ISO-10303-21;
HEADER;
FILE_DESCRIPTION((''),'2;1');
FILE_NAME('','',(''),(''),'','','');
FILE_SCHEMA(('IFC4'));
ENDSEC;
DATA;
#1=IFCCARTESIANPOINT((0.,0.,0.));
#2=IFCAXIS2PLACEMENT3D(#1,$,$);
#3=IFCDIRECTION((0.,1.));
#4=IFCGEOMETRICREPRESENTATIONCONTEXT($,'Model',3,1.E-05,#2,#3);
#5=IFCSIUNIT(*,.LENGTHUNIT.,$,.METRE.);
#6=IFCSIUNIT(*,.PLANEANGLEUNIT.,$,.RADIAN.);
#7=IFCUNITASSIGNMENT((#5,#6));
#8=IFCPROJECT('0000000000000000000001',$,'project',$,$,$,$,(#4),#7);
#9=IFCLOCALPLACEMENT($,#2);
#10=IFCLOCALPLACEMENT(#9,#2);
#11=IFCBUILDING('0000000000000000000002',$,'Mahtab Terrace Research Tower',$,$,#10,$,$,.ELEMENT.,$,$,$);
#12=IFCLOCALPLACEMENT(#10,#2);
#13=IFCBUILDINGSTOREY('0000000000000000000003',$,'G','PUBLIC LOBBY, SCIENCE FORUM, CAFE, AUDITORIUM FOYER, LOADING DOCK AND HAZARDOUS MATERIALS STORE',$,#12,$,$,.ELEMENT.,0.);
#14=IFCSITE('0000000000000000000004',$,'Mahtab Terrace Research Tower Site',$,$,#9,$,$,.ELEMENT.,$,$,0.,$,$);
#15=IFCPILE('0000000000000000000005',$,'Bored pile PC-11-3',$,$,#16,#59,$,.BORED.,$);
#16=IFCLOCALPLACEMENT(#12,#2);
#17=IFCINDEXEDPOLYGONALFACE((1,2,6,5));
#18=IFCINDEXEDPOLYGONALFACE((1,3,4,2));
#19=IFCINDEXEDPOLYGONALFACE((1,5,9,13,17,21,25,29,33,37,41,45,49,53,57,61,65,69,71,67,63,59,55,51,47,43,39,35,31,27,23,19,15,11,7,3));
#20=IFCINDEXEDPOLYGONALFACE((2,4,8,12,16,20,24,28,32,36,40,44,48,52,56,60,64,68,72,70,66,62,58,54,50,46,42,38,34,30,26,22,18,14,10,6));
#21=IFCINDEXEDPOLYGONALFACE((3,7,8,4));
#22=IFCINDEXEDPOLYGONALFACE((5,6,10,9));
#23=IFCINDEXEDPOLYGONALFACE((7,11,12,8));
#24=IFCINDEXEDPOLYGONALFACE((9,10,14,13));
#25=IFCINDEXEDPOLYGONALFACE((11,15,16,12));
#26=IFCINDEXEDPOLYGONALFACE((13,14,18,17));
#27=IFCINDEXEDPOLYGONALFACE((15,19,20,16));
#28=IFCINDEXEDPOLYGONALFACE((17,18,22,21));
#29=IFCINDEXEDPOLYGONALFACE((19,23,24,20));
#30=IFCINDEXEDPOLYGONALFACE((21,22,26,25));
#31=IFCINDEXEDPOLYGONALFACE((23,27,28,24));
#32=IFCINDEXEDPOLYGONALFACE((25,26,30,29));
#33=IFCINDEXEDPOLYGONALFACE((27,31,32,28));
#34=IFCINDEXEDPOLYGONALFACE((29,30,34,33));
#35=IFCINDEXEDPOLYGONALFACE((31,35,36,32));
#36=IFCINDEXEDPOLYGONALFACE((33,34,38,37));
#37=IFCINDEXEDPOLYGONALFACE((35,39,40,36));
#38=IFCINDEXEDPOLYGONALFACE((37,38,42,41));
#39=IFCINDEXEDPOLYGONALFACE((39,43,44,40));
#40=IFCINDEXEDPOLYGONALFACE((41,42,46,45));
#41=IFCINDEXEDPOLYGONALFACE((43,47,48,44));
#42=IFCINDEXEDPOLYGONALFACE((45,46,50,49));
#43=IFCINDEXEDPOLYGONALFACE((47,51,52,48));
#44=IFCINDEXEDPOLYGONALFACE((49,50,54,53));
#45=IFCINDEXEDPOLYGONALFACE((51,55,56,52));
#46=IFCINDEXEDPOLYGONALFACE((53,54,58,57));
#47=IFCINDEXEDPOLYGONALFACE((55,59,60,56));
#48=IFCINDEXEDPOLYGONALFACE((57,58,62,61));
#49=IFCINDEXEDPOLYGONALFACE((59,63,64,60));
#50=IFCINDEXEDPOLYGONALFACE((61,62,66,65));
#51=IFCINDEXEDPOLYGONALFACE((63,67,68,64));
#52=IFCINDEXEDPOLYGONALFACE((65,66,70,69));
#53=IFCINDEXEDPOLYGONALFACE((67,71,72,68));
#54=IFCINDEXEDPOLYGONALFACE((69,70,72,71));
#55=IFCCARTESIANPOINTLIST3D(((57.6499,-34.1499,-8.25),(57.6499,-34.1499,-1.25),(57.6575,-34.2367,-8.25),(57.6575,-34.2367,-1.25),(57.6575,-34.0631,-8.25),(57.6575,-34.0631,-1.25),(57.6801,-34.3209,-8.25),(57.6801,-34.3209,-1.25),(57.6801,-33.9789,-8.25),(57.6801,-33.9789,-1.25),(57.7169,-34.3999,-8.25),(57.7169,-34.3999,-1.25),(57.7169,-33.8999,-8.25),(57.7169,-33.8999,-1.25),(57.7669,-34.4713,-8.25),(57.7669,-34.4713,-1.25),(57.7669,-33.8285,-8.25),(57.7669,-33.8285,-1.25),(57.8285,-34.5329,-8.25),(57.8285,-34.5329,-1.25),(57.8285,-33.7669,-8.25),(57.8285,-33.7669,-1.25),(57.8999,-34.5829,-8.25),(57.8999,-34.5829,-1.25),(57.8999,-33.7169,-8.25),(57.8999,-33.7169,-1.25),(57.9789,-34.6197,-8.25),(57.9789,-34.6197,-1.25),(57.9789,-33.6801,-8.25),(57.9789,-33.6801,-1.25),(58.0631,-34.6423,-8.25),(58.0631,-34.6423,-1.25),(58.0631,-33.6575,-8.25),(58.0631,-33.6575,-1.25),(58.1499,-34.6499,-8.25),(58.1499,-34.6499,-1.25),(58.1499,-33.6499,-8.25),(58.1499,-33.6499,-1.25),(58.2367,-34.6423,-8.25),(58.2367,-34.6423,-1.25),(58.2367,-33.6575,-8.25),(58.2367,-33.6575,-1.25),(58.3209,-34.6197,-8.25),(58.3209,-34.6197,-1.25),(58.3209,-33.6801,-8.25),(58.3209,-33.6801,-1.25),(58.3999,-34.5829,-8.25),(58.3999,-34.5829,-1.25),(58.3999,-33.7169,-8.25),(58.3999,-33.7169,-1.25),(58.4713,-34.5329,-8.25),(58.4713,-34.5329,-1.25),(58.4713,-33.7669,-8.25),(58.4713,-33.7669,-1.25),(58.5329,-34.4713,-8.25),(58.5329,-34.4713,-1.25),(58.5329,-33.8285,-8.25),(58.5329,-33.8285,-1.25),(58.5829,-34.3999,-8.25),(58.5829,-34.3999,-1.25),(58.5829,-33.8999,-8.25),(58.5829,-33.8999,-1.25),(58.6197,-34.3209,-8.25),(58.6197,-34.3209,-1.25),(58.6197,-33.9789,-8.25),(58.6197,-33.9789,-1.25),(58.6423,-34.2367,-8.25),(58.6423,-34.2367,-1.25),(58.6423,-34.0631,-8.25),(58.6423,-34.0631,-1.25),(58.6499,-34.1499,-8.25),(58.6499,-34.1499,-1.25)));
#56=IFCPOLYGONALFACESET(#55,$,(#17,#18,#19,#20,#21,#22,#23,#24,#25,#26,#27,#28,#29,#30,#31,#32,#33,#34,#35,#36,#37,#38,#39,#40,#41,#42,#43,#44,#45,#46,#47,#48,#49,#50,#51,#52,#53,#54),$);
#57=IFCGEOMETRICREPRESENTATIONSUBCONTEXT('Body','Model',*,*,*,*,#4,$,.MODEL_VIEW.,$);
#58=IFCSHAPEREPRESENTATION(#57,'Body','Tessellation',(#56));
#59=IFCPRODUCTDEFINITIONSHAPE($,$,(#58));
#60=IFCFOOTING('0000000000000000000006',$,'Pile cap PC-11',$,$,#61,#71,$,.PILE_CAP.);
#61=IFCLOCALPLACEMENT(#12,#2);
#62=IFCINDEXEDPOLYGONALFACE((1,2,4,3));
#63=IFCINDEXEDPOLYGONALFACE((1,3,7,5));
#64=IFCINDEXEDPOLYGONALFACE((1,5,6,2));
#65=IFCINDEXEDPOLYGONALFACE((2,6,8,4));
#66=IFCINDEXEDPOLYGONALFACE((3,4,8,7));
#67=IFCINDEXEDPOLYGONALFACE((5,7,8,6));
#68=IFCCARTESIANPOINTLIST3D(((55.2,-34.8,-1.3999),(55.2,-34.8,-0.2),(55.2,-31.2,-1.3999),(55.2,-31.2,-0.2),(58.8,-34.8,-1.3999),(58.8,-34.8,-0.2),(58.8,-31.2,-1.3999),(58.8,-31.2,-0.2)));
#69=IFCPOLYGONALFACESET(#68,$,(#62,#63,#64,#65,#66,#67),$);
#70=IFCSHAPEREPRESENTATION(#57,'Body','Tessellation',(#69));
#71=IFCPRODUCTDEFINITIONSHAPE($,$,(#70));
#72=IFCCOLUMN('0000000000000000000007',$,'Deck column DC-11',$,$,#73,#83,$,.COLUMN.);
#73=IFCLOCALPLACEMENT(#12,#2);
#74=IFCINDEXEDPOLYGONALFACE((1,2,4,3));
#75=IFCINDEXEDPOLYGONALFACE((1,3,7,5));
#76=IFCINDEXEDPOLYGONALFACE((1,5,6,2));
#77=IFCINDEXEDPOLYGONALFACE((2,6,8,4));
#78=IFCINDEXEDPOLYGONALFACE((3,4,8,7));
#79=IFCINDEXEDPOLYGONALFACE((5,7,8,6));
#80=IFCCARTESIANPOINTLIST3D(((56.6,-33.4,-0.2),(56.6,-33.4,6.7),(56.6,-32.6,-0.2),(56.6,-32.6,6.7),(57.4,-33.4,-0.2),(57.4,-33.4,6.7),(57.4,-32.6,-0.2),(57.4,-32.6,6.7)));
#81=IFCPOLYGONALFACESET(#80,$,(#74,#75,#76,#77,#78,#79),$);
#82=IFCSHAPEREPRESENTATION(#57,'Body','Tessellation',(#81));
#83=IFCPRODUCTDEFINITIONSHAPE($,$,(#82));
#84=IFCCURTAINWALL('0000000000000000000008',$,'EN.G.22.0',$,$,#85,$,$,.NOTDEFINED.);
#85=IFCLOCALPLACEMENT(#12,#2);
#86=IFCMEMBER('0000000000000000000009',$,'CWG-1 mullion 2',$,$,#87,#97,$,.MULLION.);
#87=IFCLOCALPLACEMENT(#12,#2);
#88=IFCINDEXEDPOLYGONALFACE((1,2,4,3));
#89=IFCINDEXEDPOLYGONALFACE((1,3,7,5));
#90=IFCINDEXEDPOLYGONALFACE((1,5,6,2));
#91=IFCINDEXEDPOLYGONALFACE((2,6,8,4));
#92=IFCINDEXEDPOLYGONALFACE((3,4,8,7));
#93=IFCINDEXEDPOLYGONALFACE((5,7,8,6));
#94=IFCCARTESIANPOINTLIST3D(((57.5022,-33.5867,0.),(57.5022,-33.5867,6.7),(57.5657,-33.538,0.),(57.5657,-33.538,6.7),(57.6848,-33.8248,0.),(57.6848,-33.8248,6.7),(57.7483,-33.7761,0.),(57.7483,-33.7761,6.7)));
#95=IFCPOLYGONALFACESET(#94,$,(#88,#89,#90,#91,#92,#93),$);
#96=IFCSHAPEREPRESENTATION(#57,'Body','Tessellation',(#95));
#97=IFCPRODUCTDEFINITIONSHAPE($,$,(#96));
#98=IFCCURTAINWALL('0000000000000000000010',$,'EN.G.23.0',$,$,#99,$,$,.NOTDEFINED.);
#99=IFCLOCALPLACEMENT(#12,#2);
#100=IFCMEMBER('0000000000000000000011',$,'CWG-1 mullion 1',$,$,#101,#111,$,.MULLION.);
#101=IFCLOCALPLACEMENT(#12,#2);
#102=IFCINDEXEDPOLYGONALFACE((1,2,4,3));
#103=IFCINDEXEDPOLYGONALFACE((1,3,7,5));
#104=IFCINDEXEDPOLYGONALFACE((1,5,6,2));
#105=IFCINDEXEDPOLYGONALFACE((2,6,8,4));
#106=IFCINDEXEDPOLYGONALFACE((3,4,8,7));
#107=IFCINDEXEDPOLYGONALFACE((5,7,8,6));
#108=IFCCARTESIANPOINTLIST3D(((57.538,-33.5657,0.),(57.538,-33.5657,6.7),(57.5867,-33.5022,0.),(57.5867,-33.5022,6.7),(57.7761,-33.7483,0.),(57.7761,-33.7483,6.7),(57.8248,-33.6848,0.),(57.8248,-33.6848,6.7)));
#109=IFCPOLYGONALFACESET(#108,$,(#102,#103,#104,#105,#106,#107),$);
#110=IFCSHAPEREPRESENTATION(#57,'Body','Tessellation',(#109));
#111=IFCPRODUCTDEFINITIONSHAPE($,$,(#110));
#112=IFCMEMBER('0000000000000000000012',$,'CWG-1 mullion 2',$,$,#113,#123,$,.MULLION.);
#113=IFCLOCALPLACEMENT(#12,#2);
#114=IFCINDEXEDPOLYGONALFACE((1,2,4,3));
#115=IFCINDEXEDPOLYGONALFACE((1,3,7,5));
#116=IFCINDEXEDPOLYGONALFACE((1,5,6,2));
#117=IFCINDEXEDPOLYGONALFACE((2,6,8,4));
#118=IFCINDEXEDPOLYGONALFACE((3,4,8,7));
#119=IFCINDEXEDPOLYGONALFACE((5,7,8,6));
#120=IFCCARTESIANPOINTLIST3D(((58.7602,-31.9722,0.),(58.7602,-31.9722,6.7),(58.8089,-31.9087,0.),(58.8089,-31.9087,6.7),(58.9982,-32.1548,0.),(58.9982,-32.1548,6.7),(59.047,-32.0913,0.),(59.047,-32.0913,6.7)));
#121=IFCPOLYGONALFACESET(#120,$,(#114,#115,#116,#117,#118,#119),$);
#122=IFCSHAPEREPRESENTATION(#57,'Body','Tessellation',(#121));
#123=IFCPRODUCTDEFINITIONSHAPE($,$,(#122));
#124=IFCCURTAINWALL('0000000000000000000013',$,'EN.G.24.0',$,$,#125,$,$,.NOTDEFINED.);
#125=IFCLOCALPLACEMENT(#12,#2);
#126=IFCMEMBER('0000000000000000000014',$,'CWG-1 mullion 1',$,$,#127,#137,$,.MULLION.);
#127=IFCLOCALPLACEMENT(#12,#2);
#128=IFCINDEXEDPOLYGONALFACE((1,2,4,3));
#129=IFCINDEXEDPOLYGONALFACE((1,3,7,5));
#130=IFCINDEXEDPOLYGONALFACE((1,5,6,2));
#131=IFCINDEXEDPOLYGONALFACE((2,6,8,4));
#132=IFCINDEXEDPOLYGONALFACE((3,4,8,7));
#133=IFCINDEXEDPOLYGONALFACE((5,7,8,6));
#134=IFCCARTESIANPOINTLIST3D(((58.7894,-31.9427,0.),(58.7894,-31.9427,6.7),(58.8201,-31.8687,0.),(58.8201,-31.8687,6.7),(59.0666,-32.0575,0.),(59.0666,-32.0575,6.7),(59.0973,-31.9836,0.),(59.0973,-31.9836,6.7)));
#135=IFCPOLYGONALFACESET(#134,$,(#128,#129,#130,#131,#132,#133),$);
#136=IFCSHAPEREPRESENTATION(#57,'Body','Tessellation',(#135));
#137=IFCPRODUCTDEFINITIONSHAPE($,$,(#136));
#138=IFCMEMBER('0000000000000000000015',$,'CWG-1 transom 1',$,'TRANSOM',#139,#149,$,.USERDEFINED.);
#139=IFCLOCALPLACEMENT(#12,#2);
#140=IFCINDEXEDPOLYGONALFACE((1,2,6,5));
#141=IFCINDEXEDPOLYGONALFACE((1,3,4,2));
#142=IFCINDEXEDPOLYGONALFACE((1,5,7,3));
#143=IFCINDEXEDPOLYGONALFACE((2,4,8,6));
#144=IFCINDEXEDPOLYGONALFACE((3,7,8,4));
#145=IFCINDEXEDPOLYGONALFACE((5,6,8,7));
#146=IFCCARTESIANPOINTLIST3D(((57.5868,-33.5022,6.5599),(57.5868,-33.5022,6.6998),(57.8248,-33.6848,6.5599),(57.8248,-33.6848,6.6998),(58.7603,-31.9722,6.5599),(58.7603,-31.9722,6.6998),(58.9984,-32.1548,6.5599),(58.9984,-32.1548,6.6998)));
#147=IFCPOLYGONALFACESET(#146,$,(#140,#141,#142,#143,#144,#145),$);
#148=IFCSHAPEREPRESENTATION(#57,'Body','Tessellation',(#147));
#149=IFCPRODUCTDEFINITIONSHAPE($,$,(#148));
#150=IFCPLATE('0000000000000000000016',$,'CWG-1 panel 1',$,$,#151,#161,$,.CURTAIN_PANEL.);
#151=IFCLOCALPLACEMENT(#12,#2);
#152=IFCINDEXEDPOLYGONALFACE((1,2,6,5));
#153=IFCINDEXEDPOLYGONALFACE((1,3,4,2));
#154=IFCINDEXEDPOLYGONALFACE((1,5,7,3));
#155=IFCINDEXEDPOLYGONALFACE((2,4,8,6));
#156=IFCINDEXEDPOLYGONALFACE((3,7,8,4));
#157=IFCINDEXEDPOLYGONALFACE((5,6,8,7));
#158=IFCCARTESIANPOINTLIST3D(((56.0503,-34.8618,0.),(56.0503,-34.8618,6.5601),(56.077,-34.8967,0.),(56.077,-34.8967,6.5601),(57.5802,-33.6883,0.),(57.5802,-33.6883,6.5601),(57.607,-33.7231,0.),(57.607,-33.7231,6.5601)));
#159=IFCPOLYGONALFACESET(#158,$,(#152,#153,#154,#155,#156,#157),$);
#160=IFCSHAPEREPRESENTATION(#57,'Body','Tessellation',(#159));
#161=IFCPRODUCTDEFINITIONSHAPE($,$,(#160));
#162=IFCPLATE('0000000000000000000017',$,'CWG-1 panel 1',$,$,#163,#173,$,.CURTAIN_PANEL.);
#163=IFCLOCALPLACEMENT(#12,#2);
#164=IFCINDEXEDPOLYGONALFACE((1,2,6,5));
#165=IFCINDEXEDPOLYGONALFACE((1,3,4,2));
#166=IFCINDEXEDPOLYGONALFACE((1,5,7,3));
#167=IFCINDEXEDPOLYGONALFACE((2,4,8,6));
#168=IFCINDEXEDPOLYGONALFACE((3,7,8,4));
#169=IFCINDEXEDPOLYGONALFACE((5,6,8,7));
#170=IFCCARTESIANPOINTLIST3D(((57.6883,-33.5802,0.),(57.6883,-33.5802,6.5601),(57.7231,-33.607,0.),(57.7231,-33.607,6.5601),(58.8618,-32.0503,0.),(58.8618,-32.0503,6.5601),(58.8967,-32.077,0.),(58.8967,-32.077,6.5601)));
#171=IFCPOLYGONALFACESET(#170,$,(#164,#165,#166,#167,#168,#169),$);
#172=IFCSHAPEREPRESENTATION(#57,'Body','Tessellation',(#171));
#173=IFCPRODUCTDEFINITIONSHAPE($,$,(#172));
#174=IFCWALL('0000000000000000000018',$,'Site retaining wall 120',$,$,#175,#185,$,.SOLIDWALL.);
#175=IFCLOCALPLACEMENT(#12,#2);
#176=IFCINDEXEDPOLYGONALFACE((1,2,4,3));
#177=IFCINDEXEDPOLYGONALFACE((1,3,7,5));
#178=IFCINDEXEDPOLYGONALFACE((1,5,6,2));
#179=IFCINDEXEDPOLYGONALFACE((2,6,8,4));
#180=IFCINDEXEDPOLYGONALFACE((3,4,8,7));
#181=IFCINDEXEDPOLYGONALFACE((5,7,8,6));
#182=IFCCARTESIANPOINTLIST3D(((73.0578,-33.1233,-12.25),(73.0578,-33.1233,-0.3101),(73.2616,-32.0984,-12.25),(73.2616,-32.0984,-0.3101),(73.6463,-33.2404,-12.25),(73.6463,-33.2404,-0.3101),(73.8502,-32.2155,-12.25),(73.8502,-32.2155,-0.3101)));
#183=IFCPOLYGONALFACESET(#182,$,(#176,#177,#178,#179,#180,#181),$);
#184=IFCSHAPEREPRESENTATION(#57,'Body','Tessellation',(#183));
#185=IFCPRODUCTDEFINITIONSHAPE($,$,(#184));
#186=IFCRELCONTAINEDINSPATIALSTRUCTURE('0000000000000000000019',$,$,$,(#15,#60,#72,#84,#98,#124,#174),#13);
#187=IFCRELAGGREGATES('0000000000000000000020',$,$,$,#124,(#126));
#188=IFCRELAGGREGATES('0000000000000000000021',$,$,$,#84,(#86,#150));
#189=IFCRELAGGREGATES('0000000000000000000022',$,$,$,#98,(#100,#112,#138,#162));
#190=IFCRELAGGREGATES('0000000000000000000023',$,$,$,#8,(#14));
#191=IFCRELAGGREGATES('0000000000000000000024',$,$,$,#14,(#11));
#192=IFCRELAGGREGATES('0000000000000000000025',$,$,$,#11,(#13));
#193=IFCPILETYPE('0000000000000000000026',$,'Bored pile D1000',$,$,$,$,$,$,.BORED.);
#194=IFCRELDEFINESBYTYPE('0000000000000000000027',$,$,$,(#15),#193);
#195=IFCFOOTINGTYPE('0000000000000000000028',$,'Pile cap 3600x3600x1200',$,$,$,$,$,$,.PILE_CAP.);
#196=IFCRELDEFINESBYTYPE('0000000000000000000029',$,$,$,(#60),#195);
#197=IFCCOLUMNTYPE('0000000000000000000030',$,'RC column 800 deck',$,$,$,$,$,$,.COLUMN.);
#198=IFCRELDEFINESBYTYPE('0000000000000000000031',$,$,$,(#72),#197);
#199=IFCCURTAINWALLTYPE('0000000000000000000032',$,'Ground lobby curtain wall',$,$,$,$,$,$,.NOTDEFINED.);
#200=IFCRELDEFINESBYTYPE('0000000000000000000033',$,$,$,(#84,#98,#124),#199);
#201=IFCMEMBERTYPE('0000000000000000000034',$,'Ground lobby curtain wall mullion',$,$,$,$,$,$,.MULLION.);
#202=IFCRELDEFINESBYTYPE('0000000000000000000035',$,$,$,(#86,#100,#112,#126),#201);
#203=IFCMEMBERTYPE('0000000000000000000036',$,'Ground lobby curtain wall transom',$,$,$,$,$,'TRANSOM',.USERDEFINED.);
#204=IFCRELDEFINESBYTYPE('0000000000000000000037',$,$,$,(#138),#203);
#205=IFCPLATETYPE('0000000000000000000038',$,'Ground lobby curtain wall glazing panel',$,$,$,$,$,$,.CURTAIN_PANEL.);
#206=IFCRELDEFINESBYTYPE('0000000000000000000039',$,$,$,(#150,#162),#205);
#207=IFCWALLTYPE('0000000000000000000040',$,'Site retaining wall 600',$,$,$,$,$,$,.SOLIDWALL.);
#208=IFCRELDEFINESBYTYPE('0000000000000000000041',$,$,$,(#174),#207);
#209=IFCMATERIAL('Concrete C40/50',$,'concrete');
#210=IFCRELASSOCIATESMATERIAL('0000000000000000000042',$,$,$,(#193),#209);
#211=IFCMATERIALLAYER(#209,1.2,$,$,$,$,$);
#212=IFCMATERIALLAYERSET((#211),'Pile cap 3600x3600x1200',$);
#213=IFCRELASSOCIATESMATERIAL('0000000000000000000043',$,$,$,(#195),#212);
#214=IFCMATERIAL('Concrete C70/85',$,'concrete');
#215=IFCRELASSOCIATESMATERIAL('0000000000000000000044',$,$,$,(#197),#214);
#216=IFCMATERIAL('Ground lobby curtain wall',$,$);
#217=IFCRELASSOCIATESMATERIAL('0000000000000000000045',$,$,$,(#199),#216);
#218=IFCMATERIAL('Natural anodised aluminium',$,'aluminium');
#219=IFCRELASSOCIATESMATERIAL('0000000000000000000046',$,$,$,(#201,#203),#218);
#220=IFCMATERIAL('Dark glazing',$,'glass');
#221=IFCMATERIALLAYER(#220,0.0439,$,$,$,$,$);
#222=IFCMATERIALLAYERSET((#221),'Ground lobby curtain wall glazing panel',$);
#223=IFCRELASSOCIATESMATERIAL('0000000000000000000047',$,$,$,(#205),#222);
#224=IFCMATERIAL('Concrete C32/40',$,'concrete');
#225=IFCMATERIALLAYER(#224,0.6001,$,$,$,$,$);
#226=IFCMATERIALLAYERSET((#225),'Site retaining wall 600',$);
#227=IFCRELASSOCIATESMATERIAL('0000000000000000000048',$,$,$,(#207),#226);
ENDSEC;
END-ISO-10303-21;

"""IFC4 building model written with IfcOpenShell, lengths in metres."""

from ifc_helpers import new_model, si_unit, direction, frame, frame_2d, origin, origin_2d, place, context, subcontext, project, spatial, rectangle, circle, extrude, material, layer, layer_set, material_profile, profile_set, type_object, element, aggregate, save


model = new_model("IFC4")

# Units and contexts
model_context = context("Model", 3, precision=1e-05, world=origin(), true_north=direction((0.0, 1.0)))
body_context = subcontext(model_context, "Body", "Model", "MODEL_VIEW")
ifc_project = project(units=[si_unit("LENGTHUNIT", "METRE"), si_unit("PLANEANGLEUNIT", "RADIAN")], contexts=[model_context])

# Site, building, storey
site_placement = place(None, origin())
site = spatial("IfcSite", under=ifc_project, at=site_placement, Name="Mahtab Terrace Research Tower Site", CompositionType="ELEMENT", RefElevation=0.0)
building_placement = place(site_placement, origin())
building = spatial("IfcBuilding", under=site, at=building_placement, Name="Mahtab Terrace Research Tower", CompositionType="ELEMENT")
storey_placement = place(building_placement, origin())
storey = spatial("IfcBuildingStorey", under=building, at=storey_placement, Name="G", Description="PUBLIC LOBBY, SCIENCE FORUM, CAFE, AUDITORIUM FOYER, LOADING DOCK AND HAZARDOUS MATERIALS STORE", CompositionType="ELEMENT", Elevation=0.0)

# Pile
ifc_material_1 = material(Name="Concrete C40/50", Category="concrete")
ifc_material_profile_1 = material_profile(ifc_material_1, circle(Radius=0.5, at=origin_2d()), Name="Bored pile D1000")
ifc_profile_set_1 = profile_set([ifc_material_profile_1], Name="Concrete C40/50")
pile_type = type_object("IfcPileType", Name="Bored pile D1000", PredefinedType="BORED", material=ifc_profile_set_1)
pile_placement = place(storey_placement, frame((58.1499, -34.1499, -1.25), z_axis=(0.0, 0.0, -1.0), x_axis=(1.0, 0.0, 0.0)))
element("IfcPile", 1, at=pile_placement, inside=storey, type_object=pile_type, Name="Bored pile PC-11-3", PredefinedType="BORED", context=body_context, shape_type="SweptSolid", body=[
    extrude(circle(Radius=0.5, at=origin_2d()), origin(), (0.0, 0.0, 1.0), 7.0),
])

# Footing
ifc_layer_1 = layer(ifc_material_1, 1.2)
ifc_layer_set_1 = layer_set([ifc_layer_1], Name="Pile cap 3600x3600x1200")
footing_type = type_object("IfcFootingType", Name="Pile cap 3600x3600x1200", PredefinedType="PILE_CAP", material=ifc_layer_set_1)
footing_placement = place(storey_placement, frame((57.0, -33.0, -1.3999), z_axis=(0.0, 0.0, 1.0), x_axis=(1.0, 0.0, 0.0)))
element("IfcFooting", 2, at=footing_placement, inside=storey, type_object=footing_type, Name="Pile cap PC-11", PredefinedType="PILE_CAP", context=body_context, shape_type="SweptSolid", body=[
    extrude(rectangle(XDim=3.6001, YDim=3.6001, at=origin_2d()), origin(), (0.0, 0.0, 1.0), 1.2),
])

# Column
ifc_material_2 = material(Name="Concrete C70/85", Category="concrete")
ifc_material_profile_2 = material_profile(ifc_material_2, rectangle(XDim=0.8, YDim=0.8, at=origin_2d()), Name="RC column 800 deck")
ifc_profile_set_2 = profile_set([ifc_material_profile_2], Name="Concrete C70/85")
column_type = type_object("IfcColumnType", Name="RC column 800 deck", PredefinedType="COLUMN", material=ifc_profile_set_2)
column_placement = place(storey_placement, frame((57.0, -33.0, -0.2), z_axis=(0.0, 0.0, 1.0), x_axis=(1.0, 0.0, 0.0)))
element("IfcColumn", 3, at=column_placement, inside=storey, type_object=column_type, Name="Deck column DC-11", PredefinedType="COLUMN", context=body_context, shape_type="SweptSolid", body=[
    extrude(rectangle(XDim=0.8, YDim=0.8, at=origin_2d()), origin(), (0.0, 0.0, 1.0), 6.8999),
])

# Curtain wall, member
ifc_material_3 = material(Name="Ground lobby curtain wall")
curtain_wall_type = type_object("IfcCurtainWallType", Name="Ground lobby curtain wall", PredefinedType="NOTDEFINED", material=ifc_material_3)
curtain_wall_1_placement = place(storey_placement, origin())
curtain_wall_1 = element("IfcCurtainWall", 4, at=curtain_wall_1_placement, inside=storey, type_object=curtain_wall_type, Name="EN.G.22.0", PredefinedType="NOTDEFINED")
ifc_material_4 = material(Name="Natural anodised aluminium", Category="aluminium")
ifc_material_profile_3 = material_profile(ifc_material_4, rectangle(XDim=0.3, YDim=0.0801, at=origin_2d()), Name="MULLION 80x300")
ifc_profile_set_3 = profile_set([ifc_material_profile_3], Name="Natural anodised aluminium")
member_type_1 = type_object("IfcMemberType", Name="Ground lobby curtain wall mullion", PredefinedType="MULLION", material=ifc_profile_set_3)
member_1_placement = place(storey_placement, frame((57.6252, -33.6814, 0.0), z_axis=(0.0, 0.0, 1.0), x_axis=(-0.608623, 0.79346, 0.0)))
member_1 = element("IfcMember", 5, at=member_1_placement, type_object=member_type_1, Name="CWG-1 mullion 2", PredefinedType="MULLION", context=body_context, shape_type="SweptSolid", body=[
    extrude(rectangle(XDim=0.3, YDim=0.0801, at=origin_2d()), origin(), (0.0, 0.0, 1.0), 6.7),
])

# Curtain wall, members
curtain_wall_2_placement = place(storey_placement, origin())
curtain_wall_2 = element("IfcCurtainWall", 6, at=curtain_wall_2_placement, inside=storey, type_object=curtain_wall_type, Name="EN.G.23.0", PredefinedType="NOTDEFINED")
member_2_placement = place(storey_placement, frame((57.6814, -33.6252, 0.0), z_axis=(0.0, 0.0, 1.0), x_axis=(-0.79346, 0.608623, 0.0)))
member_2 = element("IfcMember", 7, at=member_2_placement, type_object=member_type_1, Name="CWG-1 mullion 1", PredefinedType="MULLION", context=body_context, shape_type="SweptSolid", body=[
    extrude(rectangle(XDim=0.3, YDim=0.0801, at=origin_2d()), origin(), (0.0, 0.0, 1.0), 6.7),
])
member_3_placement = place(storey_placement, frame((58.9036, -32.0317, 0.0), z_axis=(0.0, 0.0, 1.0), x_axis=(-0.79346, 0.608623, 0.0)))
member_3 = element("IfcMember", 8, at=member_3_placement, type_object=member_type_1, Name="CWG-1 mullion 2", PredefinedType="MULLION", context=body_context, shape_type="SweptSolid", body=[
    extrude(rectangle(XDim=0.3, YDim=0.0801, at=origin_2d()), origin(), (0.0, 0.0, 1.0), 6.7),
])

# Curtain wall, member
curtain_wall_3_placement = place(storey_placement, origin())
curtain_wall_3 = element("IfcCurtainWall", 9, at=curtain_wall_3_placement, inside=storey, type_object=curtain_wall_type, Name="EN.G.24.0", PredefinedType="NOTDEFINED")
member_4_placement = place(storey_placement, frame((58.9434, -31.9631, 0.0), z_axis=(0.0, 0.0, 1.0), x_axis=(-0.923883, 0.382676, 0.0)))
member_4 = element("IfcMember", 10, at=member_4_placement, type_object=member_type_1, Name="CWG-1 mullion 1", PredefinedType="MULLION", context=body_context, shape_type="SweptSolid", body=[
    extrude(rectangle(XDim=0.3, YDim=0.0801, at=origin_2d()), origin(), (0.0, 0.0, 1.0), 6.7),
])
aggregate(curtain_wall_3, [member_4])

# Member
ifc_material_profile_4 = material_profile(ifc_material_4, rectangle(XDim=0.3, YDim=0.1399, at=origin_2d()), Name="TRANSOM 140x300")
ifc_profile_set_4 = profile_set([ifc_material_profile_4], Name="Natural anodised aluminium")
member_type_2 = type_object("IfcMemberType", Name="Ground lobby curtain wall transom", ElementType="TRANSOM", PredefinedType="USERDEFINED", material=ifc_profile_set_4)
member_5_placement = place(storey_placement, frame((57.7058, -33.5935, 6.6299), z_axis=(0.608615, 0.793466, 0.0), x_axis=(-0.793466, 0.608615, 0.0)))
member_5 = element("IfcMember", 11, at=member_5_placement, type_object=member_type_2, Name="CWG-1 transom 1", ObjectType="TRANSOM", PredefinedType="USERDEFINED", context=body_context, shape_type="SweptSolid", body=[
    extrude(rectangle(XDim=0.3, YDim=0.1399, at=origin_2d()), origin(), (0.0, 0.0, 1.0), 1.9282),
])

# Plates
ifc_material_5 = material(Name="Dark glazing", Category="glass")
ifc_layer_2 = layer(ifc_material_5, 0.0439)
ifc_layer_set_2 = layer_set([ifc_layer_2], Name="Ground lobby curtain wall glazing panel")
plate_type = type_object("IfcPlateType", Name="Ground lobby curtain wall glazing panel", PredefinedType="CURTAIN_PANEL", material=ifc_layer_set_2)
plate_1_placement = place(storey_placement, frame((56.8286, -34.2925, 0.0), z_axis=(0.0, 0.0, 1.0), x_axis=(0.79346, 0.608623, 0.0)))
plate_1 = element("IfcPlate", 12, at=plate_1_placement, type_object=plate_type, Name="CWG-1 panel 1", PredefinedType="CURTAIN_PANEL", context=body_context, shape_type="SweptSolid", body=[
    extrude(rectangle(XDim=1.9282, YDim=0.0439, at=origin_2d()), origin(), (0.0, 0.0, 1.0), 6.5601),
])
aggregate(curtain_wall_1, [member_1, plate_1])
plate_2_placement = place(storey_placement, frame((58.2925, -32.8286, 0.0), z_axis=(0.0, 0.0, 1.0), x_axis=(0.608623, 0.79346, 0.0)))
plate_2 = element("IfcPlate", 13, at=plate_2_placement, type_object=plate_type, Name="CWG-1 panel 1", PredefinedType="CURTAIN_PANEL", context=body_context, shape_type="SweptSolid", body=[
    extrude(rectangle(XDim=1.9282, YDim=0.0439, at=origin_2d()), origin(), (0.0, 0.0, 1.0), 6.5601),
])
aggregate(curtain_wall_2, [member_2, member_3, member_5, plate_2])

# Wall
ifc_material_6 = material(Name="Concrete C32/40", Category="concrete")
ifc_layer_3 = layer(ifc_material_6, 0.6001)
ifc_layer_set_3 = layer_set([ifc_layer_3], Name="Site retaining wall 600")
wall_type = type_object("IfcWallType", Name="Site retaining wall 600", PredefinedType="SOLIDWALL", material=ifc_layer_set_3)
wall_1_placement = place(storey_placement, frame((73.5559, -32.157, -12.25), z_axis=(0.0, 0.0, 1.0), x_axis=(-0.195083, -0.980787, 0.0)))
element("IfcWall", 14, at=wall_1_placement, inside=storey, type_object=wall_type, Name="Site retaining wall 120", PredefinedType="SOLIDWALL", context=body_context, shape_type="SweptSolid", body=[
    extrude(rectangle(XDim=1.0449, YDim=0.6001, at=frame_2d((0.5225, 0.0))), origin(), (0.0, 0.0, 1.0), 11.9399),
])

save(model, "model.ifc")
